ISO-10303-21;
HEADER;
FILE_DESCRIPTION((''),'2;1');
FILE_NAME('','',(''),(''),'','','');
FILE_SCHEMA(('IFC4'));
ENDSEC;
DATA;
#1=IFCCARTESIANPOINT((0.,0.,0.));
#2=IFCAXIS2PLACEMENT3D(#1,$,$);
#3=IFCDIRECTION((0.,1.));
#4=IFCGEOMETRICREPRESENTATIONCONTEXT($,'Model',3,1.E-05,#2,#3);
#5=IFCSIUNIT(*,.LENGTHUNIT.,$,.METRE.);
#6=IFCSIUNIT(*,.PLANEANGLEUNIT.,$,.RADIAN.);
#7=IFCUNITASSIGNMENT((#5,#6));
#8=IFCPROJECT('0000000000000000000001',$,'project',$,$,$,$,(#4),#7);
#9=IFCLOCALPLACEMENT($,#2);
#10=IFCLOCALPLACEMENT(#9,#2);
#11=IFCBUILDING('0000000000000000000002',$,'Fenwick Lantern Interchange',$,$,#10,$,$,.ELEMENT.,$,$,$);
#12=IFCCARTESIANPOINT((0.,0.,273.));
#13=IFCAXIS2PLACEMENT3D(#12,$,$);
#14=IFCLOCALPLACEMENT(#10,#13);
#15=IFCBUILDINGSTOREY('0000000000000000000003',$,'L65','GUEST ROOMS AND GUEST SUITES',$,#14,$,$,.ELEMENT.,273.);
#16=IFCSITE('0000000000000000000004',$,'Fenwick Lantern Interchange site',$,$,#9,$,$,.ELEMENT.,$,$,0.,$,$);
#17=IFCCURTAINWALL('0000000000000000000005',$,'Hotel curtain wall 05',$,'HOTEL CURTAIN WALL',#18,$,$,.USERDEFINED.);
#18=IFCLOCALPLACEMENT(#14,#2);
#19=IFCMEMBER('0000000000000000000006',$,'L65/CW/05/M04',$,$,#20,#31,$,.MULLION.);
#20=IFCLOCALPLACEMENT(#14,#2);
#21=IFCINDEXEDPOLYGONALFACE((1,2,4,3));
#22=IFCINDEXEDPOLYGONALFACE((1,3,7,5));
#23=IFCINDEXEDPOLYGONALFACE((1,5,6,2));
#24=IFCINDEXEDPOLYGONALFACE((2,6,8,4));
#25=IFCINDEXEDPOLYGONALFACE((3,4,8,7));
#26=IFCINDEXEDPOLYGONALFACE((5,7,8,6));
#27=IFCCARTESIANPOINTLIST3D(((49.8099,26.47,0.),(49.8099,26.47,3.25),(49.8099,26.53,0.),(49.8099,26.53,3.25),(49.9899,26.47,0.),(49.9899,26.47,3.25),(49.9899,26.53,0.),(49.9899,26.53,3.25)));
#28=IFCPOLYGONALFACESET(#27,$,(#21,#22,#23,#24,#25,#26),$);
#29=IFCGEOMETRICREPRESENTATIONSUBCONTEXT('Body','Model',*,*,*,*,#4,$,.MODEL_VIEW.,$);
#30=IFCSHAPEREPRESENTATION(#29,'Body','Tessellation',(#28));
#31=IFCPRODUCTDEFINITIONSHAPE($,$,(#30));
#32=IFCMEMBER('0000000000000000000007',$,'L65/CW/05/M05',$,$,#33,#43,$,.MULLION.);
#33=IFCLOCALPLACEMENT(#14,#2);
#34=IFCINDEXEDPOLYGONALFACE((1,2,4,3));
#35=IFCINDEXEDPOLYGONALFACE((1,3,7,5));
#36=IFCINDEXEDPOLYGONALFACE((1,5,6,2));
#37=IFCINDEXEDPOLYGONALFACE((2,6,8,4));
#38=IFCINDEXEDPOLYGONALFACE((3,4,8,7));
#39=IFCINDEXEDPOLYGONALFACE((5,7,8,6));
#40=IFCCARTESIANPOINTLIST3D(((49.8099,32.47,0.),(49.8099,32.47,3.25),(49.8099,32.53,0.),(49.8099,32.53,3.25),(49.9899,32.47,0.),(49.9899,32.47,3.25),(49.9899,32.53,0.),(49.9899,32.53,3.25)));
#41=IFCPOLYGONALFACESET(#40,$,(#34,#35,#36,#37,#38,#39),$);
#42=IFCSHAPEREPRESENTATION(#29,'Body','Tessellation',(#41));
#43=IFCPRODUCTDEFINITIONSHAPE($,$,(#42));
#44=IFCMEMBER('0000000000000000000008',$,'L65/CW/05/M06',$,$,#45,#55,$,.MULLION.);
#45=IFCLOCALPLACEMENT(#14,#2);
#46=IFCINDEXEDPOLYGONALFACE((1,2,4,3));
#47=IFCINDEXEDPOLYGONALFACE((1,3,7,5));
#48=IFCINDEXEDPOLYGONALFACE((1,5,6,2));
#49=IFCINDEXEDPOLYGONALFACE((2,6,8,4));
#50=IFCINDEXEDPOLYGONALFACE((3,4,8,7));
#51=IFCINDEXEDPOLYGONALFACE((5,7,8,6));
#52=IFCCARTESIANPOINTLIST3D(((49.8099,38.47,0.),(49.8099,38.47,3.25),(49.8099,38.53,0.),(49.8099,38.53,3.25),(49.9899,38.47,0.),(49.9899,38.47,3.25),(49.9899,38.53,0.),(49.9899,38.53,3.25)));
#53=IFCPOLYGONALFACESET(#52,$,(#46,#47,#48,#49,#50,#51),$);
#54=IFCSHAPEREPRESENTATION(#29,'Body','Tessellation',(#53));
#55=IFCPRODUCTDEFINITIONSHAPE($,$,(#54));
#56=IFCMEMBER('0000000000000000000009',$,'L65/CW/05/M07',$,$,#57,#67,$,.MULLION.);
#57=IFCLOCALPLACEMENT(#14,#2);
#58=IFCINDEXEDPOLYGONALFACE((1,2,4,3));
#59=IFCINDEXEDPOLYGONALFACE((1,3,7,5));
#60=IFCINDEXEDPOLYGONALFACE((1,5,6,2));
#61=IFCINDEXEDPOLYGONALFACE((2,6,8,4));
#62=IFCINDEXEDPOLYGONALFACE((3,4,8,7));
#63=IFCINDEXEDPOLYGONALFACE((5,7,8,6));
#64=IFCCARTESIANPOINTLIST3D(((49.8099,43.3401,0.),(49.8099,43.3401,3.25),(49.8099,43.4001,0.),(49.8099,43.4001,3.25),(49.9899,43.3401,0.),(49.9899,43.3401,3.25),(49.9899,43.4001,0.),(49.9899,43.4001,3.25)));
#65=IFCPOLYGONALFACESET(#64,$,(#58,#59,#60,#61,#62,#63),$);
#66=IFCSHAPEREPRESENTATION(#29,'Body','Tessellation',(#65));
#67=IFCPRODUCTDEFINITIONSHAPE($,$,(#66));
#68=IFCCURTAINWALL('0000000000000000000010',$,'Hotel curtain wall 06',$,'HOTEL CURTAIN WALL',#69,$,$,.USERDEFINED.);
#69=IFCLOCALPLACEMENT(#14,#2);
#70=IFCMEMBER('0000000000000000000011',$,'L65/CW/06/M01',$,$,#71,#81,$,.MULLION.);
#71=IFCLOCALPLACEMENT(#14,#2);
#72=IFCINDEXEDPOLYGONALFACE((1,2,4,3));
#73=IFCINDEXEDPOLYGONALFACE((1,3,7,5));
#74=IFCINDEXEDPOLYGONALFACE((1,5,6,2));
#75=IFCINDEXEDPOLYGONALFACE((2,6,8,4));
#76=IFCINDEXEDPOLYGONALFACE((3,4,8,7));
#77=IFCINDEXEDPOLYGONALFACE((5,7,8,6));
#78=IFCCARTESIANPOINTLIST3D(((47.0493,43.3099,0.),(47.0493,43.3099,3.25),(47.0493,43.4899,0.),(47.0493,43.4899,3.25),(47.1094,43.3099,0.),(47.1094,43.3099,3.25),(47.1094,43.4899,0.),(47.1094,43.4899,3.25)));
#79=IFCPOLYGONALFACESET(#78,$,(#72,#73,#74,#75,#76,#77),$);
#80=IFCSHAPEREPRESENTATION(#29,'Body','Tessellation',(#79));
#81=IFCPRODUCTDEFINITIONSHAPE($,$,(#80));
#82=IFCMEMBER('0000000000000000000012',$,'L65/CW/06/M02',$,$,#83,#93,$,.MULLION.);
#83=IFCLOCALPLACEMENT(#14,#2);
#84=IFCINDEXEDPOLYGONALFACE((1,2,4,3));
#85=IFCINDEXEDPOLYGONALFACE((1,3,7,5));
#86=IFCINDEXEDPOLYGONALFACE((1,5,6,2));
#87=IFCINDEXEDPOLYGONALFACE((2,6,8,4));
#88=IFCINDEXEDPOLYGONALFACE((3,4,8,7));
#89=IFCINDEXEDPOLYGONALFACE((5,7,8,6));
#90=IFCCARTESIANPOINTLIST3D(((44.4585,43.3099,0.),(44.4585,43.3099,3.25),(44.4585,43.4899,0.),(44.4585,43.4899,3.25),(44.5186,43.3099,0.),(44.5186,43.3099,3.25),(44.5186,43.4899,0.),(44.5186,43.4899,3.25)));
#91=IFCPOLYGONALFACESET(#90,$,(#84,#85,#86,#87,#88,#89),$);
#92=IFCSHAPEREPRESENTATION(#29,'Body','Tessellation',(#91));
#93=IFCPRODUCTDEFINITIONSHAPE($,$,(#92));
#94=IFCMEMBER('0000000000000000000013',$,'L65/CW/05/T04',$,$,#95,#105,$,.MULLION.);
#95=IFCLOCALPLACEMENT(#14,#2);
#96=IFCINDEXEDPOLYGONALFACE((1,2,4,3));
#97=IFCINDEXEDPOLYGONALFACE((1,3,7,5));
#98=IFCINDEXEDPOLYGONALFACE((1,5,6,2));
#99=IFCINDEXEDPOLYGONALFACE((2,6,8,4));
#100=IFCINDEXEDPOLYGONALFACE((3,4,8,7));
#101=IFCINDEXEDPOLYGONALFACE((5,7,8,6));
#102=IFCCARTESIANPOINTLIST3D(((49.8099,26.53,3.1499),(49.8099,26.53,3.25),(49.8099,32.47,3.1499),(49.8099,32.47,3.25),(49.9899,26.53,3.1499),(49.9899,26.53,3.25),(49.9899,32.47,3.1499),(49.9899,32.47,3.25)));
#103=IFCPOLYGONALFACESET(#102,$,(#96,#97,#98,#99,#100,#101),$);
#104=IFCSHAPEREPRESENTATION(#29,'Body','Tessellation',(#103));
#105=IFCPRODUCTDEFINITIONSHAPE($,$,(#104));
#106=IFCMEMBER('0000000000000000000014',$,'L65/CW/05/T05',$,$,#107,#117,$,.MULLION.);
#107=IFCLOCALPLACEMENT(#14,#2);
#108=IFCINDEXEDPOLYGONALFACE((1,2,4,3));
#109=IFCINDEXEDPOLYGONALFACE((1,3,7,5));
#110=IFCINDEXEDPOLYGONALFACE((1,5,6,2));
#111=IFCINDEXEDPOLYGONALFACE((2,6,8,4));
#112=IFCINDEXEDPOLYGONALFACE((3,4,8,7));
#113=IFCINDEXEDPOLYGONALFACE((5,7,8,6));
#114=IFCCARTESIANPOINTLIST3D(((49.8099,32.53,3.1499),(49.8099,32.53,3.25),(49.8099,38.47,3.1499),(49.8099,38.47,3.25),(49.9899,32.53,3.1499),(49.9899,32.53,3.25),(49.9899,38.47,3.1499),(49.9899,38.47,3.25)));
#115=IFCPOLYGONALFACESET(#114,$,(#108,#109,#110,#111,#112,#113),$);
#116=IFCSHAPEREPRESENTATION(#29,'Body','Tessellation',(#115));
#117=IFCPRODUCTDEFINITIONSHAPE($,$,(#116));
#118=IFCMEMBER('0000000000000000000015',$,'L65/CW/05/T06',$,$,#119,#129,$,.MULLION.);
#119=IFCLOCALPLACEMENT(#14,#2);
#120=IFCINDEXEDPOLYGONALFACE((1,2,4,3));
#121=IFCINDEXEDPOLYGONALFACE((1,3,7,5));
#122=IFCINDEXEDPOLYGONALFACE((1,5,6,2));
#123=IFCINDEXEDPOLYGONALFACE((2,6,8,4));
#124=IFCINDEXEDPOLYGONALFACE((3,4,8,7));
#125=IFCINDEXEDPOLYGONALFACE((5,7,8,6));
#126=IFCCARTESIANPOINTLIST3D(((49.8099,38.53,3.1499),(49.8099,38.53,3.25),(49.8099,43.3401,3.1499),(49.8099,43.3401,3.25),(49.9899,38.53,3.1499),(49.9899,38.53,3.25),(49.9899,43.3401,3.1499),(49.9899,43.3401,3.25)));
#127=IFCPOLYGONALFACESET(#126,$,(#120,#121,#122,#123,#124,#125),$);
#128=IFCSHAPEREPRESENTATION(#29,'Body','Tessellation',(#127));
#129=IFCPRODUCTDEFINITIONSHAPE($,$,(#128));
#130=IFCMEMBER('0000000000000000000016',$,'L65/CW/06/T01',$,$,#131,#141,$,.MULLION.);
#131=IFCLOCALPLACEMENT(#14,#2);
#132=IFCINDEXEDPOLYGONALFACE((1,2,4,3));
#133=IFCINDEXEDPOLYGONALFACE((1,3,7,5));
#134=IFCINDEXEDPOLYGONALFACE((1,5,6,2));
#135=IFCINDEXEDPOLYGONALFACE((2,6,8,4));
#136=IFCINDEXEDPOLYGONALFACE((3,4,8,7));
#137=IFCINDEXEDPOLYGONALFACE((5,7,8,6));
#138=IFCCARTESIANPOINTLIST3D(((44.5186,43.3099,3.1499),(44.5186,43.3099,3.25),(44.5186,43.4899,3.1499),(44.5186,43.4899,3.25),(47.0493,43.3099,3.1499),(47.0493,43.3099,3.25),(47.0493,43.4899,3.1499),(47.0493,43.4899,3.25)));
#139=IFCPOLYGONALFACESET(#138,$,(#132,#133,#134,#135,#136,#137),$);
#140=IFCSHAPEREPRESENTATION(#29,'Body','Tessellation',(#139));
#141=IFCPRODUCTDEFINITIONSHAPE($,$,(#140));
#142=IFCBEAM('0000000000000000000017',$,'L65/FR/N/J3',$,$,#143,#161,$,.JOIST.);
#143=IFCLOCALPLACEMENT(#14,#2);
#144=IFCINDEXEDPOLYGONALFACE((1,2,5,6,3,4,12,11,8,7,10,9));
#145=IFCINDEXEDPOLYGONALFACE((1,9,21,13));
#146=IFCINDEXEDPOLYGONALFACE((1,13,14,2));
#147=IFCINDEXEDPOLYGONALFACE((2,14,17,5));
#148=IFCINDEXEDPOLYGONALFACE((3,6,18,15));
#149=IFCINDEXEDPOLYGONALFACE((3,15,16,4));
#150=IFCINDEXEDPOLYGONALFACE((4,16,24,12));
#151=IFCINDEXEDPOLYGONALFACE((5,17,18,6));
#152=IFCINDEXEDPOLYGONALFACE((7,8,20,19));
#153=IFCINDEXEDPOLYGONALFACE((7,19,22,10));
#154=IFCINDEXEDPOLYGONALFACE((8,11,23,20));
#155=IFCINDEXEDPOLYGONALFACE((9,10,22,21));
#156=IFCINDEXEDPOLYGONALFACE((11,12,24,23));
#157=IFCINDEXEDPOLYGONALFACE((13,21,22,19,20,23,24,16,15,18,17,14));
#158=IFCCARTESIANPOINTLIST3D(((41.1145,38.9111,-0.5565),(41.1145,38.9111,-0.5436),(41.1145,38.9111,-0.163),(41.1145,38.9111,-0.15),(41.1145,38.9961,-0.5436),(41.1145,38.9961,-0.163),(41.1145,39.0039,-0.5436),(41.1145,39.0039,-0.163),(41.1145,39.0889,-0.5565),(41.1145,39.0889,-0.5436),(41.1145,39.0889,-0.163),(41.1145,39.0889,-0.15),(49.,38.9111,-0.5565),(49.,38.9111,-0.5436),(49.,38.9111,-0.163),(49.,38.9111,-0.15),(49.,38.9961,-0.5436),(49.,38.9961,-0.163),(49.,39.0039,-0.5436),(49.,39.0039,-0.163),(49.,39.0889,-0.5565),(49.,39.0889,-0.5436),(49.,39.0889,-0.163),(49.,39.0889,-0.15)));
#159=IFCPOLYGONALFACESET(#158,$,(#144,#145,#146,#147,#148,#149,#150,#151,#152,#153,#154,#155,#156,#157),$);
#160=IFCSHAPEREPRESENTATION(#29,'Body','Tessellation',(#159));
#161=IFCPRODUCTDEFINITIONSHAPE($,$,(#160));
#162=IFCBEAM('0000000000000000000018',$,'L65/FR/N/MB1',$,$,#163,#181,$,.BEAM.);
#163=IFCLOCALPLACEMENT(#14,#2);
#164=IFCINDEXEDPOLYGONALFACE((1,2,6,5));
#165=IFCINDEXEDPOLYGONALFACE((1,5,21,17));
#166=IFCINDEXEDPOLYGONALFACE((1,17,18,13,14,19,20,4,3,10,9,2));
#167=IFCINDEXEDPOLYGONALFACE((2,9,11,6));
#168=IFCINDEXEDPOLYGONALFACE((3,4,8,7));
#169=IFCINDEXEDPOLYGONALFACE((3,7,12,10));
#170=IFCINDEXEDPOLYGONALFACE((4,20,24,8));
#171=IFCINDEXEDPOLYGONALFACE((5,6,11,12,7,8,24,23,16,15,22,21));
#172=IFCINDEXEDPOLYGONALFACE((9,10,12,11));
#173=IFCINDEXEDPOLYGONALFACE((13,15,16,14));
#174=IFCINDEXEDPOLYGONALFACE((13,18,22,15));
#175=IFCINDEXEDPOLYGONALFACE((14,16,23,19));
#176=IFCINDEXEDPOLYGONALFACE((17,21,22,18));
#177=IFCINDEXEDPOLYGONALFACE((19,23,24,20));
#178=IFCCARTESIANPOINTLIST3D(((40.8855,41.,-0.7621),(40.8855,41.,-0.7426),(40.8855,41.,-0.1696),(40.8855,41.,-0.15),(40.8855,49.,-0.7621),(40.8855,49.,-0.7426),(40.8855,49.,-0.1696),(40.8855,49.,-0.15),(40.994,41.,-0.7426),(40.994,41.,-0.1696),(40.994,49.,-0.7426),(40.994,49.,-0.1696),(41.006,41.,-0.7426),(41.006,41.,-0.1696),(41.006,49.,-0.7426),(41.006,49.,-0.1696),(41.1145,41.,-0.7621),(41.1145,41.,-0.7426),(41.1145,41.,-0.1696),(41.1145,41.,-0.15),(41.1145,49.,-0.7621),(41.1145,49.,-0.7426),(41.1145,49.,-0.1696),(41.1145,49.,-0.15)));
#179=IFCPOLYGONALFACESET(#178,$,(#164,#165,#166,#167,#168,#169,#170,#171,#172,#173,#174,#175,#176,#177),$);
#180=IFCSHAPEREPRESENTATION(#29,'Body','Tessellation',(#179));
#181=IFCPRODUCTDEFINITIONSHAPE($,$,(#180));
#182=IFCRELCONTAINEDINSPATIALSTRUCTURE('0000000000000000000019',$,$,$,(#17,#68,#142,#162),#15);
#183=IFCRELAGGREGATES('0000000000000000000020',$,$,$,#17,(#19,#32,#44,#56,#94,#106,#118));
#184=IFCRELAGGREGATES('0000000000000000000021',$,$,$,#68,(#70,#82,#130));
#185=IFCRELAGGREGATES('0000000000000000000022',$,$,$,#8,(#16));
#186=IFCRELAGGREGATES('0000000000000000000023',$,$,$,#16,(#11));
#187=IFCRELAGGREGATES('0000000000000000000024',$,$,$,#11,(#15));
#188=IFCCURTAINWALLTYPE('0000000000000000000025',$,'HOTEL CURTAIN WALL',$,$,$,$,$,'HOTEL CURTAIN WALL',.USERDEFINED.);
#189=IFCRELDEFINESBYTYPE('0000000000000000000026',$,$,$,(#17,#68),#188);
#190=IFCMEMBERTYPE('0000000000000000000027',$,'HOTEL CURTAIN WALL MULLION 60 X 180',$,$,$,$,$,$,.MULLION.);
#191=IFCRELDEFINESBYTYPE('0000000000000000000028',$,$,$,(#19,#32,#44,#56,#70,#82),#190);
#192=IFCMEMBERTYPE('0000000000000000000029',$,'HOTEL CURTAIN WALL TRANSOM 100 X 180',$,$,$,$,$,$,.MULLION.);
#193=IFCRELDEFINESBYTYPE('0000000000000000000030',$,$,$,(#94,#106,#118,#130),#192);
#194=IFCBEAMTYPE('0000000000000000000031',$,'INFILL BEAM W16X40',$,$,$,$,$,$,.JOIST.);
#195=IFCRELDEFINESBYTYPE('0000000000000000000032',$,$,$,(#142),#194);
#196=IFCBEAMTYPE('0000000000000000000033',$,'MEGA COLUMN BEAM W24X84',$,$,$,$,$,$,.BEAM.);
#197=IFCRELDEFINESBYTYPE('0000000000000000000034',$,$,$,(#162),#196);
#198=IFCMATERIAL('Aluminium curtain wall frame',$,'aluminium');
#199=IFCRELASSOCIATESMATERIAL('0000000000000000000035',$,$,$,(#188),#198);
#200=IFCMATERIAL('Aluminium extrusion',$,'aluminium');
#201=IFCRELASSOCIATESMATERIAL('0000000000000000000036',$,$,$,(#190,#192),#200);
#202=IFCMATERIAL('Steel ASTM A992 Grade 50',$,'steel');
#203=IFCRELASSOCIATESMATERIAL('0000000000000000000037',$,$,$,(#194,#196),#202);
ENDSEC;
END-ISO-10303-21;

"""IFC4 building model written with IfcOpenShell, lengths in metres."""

from ifc_helpers import new_model, si_unit, direction, frame, origin, origin_2d, place, context, subcontext, project, spatial, rectangle, i_section, extrude, material, material_profile, profile_set, type_object, element, aggregate, save


model = new_model("IFC4")

# Units and contexts
model_context = context("Model", 3, precision=1e-05, world=origin(), true_north=direction((0.0, 1.0)))
body_context = subcontext(model_context, "Body", "Model", "MODEL_VIEW")
ifc_project = project(units=[si_unit("LENGTHUNIT", "METRE"), si_unit("PLANEANGLEUNIT", "RADIAN")], contexts=[model_context])

# Site, building, storey
site_placement = place(None, origin())
site = spatial("IfcSite", under=ifc_project, at=site_placement, Name="Fenwick Lantern Interchange site", CompositionType="ELEMENT", RefElevation=0.0)
building_placement = place(site_placement, origin())
building = spatial("IfcBuilding", under=site, at=building_placement, Name="Fenwick Lantern Interchange", CompositionType="ELEMENT")
storey_placement = place(building_placement, frame((0.0, 0.0, 273.0)))
storey = spatial("IfcBuildingStorey", under=building, at=storey_placement, Name="L65", Description="GUEST ROOMS AND GUEST SUITES", CompositionType="ELEMENT", Elevation=273.0)

# Shared definitions
ifc_material_1 = material(Name="Steel ASTM A992 Grade 50", Category="steel")

# Curtain walls, members
ifc_material_2 = material(Name="Aluminium curtain wall frame", Category="aluminium")
curtain_wall_type = type_object("IfcCurtainWallType", Name="HOTEL CURTAIN WALL", ElementType="HOTEL CURTAIN WALL", PredefinedType="USERDEFINED", material=ifc_material_2)
curtain_wall_1_placement = place(storey_placement, origin())
curtain_wall_1 = element("IfcCurtainWall", 1, at=curtain_wall_1_placement, inside=storey, type_object=curtain_wall_type, Name="Hotel curtain wall 05", ObjectType="HOTEL CURTAIN WALL", PredefinedType="USERDEFINED")
ifc_material_3 = material(Name="Aluminium extrusion", Category="aluminium")
ifc_material_profile_1 = material_profile(ifc_material_3, rectangle(XDim=0.1799, YDim=0.0601, at=origin_2d()), Name="HOTEL CURTAIN WALL MULLION 60 X 180")
ifc_profile_set_1 = profile_set([ifc_material_profile_1], Name="Aluminium extrusion")
member_type_1 = type_object("IfcMemberType", Name="HOTEL CURTAIN WALL MULLION 60 X 180", PredefinedType="MULLION", material=ifc_profile_set_1)
member_1_placement = place(storey_placement, frame((49.8999, 26.5, 0.0), z_axis=(0.0, 0.0, 1.0), x_axis=(-1.0, 0.0, 0.0)))
member_1 = element("IfcMember", 2, at=member_1_placement, type_object=member_type_1, Name="L65/CW/05/M04", PredefinedType="MULLION", context=body_context, shape_type="SweptSolid", body=[
    extrude(rectangle(XDim=0.1799, YDim=0.0601, at=origin_2d()), origin(), (0.0, 0.0, 1.0), 3.25),
])
member_2_placement = place(storey_placement, frame((49.8999, 32.5, 0.0), z_axis=(0.0, 0.0, 1.0), x_axis=(-1.0, 0.0, 0.0)))
member_2 = element("IfcMember", 3, at=member_2_placement, type_object=member_type_1, Name="L65/CW/05/M05", PredefinedType="MULLION", context=body_context, shape_type="SweptSolid", body=[
    extrude(rectangle(XDim=0.1799, YDim=0.0601, at=origin_2d()), origin(), (0.0, 0.0, 1.0), 3.25),
])
member_3_placement = place(storey_placement, frame((49.8999, 38.5, 0.0), z_axis=(0.0, 0.0, 1.0), x_axis=(-1.0, 0.0, 0.0)))
member_3 = element("IfcMember", 4, at=member_3_placement, type_object=member_type_1, Name="L65/CW/05/M06", PredefinedType="MULLION", context=body_context, shape_type="SweptSolid", body=[
    extrude(rectangle(XDim=0.1799, YDim=0.0601, at=origin_2d()), origin(), (0.0, 0.0, 1.0), 3.25),
])
member_4_placement = place(storey_placement, frame((49.8999, 43.3701, 0.0), z_axis=(0.0, 0.0, 1.0), x_axis=(-1.0, 0.0, 0.0)))
member_4 = element("IfcMember", 5, at=member_4_placement, type_object=member_type_1, Name="L65/CW/05/M07", PredefinedType="MULLION", context=body_context, shape_type="SweptSolid", body=[
    extrude(rectangle(XDim=0.1799, YDim=0.0601, at=origin_2d()), origin(), (0.0, 0.0, 1.0), 3.25),
])
curtain_wall_2_placement = place(storey_placement, origin())
curtain_wall_2 = element("IfcCurtainWall", 6, at=curtain_wall_2_placement, inside=storey, type_object=curtain_wall_type, Name="Hotel curtain wall 06", ObjectType="HOTEL CURTAIN WALL", PredefinedType="USERDEFINED")
member_5_placement = place(storey_placement, frame((47.0793, 43.3999, 0.0), z_axis=(0.0, 0.0, 1.0), x_axis=(0.0, -1.0, 0.0)))
member_5 = element("IfcMember", 7, at=member_5_placement, type_object=member_type_1, Name="L65/CW/06/M01", PredefinedType="MULLION", context=body_context, shape_type="SweptSolid", body=[
    extrude(rectangle(XDim=0.1799, YDim=0.0601, at=origin_2d()), origin(), (0.0, 0.0, 1.0), 3.25),
])
member_6_placement = place(storey_placement, frame((44.4885, 43.3999, 0.0), z_axis=(0.0, 0.0, 1.0), x_axis=(0.0, -1.0, 0.0)))
member_6 = element("IfcMember", 8, at=member_6_placement, type_object=member_type_1, Name="L65/CW/06/M02", PredefinedType="MULLION", context=body_context, shape_type="SweptSolid", body=[
    extrude(rectangle(XDim=0.1799, YDim=0.0601, at=origin_2d()), origin(), (0.0, 0.0, 1.0), 3.25),
])

# Members
ifc_material_profile_2 = material_profile(ifc_material_3, rectangle(XDim=0.1799, YDim=0.1001, at=origin_2d()), Name="HOTEL CURTAIN WALL TRANSOM 100 X 180")
ifc_profile_set_2 = profile_set([ifc_material_profile_2], Name="Aluminium extrusion")
member_type_2 = type_object("IfcMemberType", Name="HOTEL CURTAIN WALL TRANSOM 100 X 180", PredefinedType="MULLION", material=ifc_profile_set_2)
member_7_placement = place(storey_placement, frame((49.8999, 26.53, 3.2), z_axis=(0.0, 1.0, 0.0), x_axis=(-1.0, 0.0, 0.0)))
member_7 = element("IfcMember", 9, at=member_7_placement, type_object=member_type_2, Name="L65/CW/05/T04", PredefinedType="MULLION", context=body_context, shape_type="SweptSolid", body=[
    extrude(rectangle(XDim=0.1799, YDim=0.1001, at=origin_2d()), origin(), (0.0, 0.0, 1.0), 5.9399),
])
member_8_placement = place(storey_placement, frame((49.8999, 32.53, 3.2), z_axis=(0.0, 1.0, 0.0), x_axis=(-1.0, 0.0, 0.0)))
member_8 = element("IfcMember", 10, at=member_8_placement, type_object=member_type_2, Name="L65/CW/05/T05", PredefinedType="MULLION", context=body_context, shape_type="SweptSolid", body=[
    extrude(rectangle(XDim=0.1799, YDim=0.1001, at=origin_2d()), origin(), (0.0, 0.0, 1.0), 5.9399),
])
member_9_placement = place(storey_placement, frame((49.8999, 38.53, 3.2), z_axis=(0.0, 1.0, 0.0), x_axis=(-1.0, 0.0, 0.0)))
member_9 = element("IfcMember", 11, at=member_9_placement, type_object=member_type_2, Name="L65/CW/05/T06", PredefinedType="MULLION", context=body_context, shape_type="SweptSolid", body=[
    extrude(rectangle(XDim=0.1799, YDim=0.1001, at=origin_2d()), origin(), (0.0, 0.0, 1.0), 4.8101),
])
aggregate(curtain_wall_1, [member_1, member_2, member_3, member_4, member_7, member_8, member_9])
member_10_placement = place(storey_placement, frame((47.0493, 43.3999, 3.2), z_axis=(-1.0, 0.0, 0.0), x_axis=(0.0, -1.0, 0.0)))
member_10 = element("IfcMember", 12, at=member_10_placement, type_object=member_type_2, Name="L65/CW/06/T01", PredefinedType="MULLION", context=body_context, shape_type="SweptSolid", body=[
    extrude(rectangle(XDim=0.1799, YDim=0.1001, at=origin_2d()), origin(), (0.0, 0.0, 1.0), 2.5308),
])

# Beams
ifc_material_profile_3 = material_profile(ifc_material_1, i_section(OverallWidth=0.1777, OverallDepth=0.4065, WebThickness=0.0078, FlangeThickness=0.0129, at=origin_2d()), Name="W16X40")
ifc_profile_set_3 = profile_set([ifc_material_profile_3], Name="Steel ASTM A992 Grade 50")
beam_type_1 = type_object("IfcBeamType", Name="INFILL BEAM W16X40", PredefinedType="JOIST", material=ifc_profile_set_3)
beam_1_placement = place(storey_placement, frame((49.0, 39.0, -0.3533), z_axis=(-1.0, 0.0, 0.0), x_axis=(0.0, -1.0, 0.0)))
element("IfcBeam", 13, at=beam_1_placement, inside=storey, type_object=beam_type_1, Name="L65/FR/N/J3", PredefinedType="JOIST", context=body_context, shape_type="SweptSolid", body=[
    extrude(i_section(OverallWidth=0.1777, OverallDepth=0.4065, WebThickness=0.0078, FlangeThickness=0.0129, at=origin_2d()), origin(), (0.0, 0.0, 1.0), 7.8855),
])
ifc_material_profile_4 = material_profile(ifc_material_1, i_section(OverallWidth=0.229, OverallDepth=0.6121, WebThickness=0.012, FlangeThickness=0.0195, at=origin_2d()), Name="W24X84")
ifc_profile_set_4 = profile_set([ifc_material_profile_4], Name="Steel ASTM A992 Grade 50")
beam_type_2 = type_object("IfcBeamType", Name="MEGA COLUMN BEAM W24X84", PredefinedType="BEAM", material=ifc_profile_set_4)
for number, where, z_axis, x_axis, name in (
    (14, (41.0, 41.0, -0.4561), (0.0, 1.0, 0.0), (-1.0, 0.0, 0.0), "L65/FR/N/MB1"),
):
    element("IfcBeam", number, at=place(storey_placement, frame(where, z_axis=z_axis, x_axis=x_axis)), inside=storey, type_object=beam_type_2, Name=name, PredefinedType="BEAM", context=body_context, shape_type="SweptSolid", body=[
        extrude(i_section(OverallWidth=0.229, OverallDepth=0.6121, WebThickness=0.012, FlangeThickness=0.0195, at=origin_2d()), origin(), (0.0, 0.0, 1.0), 8.0),
    ])

aggregate(curtain_wall_2, [member_5, member_6, member_10])

save(model, "model.ifc")
